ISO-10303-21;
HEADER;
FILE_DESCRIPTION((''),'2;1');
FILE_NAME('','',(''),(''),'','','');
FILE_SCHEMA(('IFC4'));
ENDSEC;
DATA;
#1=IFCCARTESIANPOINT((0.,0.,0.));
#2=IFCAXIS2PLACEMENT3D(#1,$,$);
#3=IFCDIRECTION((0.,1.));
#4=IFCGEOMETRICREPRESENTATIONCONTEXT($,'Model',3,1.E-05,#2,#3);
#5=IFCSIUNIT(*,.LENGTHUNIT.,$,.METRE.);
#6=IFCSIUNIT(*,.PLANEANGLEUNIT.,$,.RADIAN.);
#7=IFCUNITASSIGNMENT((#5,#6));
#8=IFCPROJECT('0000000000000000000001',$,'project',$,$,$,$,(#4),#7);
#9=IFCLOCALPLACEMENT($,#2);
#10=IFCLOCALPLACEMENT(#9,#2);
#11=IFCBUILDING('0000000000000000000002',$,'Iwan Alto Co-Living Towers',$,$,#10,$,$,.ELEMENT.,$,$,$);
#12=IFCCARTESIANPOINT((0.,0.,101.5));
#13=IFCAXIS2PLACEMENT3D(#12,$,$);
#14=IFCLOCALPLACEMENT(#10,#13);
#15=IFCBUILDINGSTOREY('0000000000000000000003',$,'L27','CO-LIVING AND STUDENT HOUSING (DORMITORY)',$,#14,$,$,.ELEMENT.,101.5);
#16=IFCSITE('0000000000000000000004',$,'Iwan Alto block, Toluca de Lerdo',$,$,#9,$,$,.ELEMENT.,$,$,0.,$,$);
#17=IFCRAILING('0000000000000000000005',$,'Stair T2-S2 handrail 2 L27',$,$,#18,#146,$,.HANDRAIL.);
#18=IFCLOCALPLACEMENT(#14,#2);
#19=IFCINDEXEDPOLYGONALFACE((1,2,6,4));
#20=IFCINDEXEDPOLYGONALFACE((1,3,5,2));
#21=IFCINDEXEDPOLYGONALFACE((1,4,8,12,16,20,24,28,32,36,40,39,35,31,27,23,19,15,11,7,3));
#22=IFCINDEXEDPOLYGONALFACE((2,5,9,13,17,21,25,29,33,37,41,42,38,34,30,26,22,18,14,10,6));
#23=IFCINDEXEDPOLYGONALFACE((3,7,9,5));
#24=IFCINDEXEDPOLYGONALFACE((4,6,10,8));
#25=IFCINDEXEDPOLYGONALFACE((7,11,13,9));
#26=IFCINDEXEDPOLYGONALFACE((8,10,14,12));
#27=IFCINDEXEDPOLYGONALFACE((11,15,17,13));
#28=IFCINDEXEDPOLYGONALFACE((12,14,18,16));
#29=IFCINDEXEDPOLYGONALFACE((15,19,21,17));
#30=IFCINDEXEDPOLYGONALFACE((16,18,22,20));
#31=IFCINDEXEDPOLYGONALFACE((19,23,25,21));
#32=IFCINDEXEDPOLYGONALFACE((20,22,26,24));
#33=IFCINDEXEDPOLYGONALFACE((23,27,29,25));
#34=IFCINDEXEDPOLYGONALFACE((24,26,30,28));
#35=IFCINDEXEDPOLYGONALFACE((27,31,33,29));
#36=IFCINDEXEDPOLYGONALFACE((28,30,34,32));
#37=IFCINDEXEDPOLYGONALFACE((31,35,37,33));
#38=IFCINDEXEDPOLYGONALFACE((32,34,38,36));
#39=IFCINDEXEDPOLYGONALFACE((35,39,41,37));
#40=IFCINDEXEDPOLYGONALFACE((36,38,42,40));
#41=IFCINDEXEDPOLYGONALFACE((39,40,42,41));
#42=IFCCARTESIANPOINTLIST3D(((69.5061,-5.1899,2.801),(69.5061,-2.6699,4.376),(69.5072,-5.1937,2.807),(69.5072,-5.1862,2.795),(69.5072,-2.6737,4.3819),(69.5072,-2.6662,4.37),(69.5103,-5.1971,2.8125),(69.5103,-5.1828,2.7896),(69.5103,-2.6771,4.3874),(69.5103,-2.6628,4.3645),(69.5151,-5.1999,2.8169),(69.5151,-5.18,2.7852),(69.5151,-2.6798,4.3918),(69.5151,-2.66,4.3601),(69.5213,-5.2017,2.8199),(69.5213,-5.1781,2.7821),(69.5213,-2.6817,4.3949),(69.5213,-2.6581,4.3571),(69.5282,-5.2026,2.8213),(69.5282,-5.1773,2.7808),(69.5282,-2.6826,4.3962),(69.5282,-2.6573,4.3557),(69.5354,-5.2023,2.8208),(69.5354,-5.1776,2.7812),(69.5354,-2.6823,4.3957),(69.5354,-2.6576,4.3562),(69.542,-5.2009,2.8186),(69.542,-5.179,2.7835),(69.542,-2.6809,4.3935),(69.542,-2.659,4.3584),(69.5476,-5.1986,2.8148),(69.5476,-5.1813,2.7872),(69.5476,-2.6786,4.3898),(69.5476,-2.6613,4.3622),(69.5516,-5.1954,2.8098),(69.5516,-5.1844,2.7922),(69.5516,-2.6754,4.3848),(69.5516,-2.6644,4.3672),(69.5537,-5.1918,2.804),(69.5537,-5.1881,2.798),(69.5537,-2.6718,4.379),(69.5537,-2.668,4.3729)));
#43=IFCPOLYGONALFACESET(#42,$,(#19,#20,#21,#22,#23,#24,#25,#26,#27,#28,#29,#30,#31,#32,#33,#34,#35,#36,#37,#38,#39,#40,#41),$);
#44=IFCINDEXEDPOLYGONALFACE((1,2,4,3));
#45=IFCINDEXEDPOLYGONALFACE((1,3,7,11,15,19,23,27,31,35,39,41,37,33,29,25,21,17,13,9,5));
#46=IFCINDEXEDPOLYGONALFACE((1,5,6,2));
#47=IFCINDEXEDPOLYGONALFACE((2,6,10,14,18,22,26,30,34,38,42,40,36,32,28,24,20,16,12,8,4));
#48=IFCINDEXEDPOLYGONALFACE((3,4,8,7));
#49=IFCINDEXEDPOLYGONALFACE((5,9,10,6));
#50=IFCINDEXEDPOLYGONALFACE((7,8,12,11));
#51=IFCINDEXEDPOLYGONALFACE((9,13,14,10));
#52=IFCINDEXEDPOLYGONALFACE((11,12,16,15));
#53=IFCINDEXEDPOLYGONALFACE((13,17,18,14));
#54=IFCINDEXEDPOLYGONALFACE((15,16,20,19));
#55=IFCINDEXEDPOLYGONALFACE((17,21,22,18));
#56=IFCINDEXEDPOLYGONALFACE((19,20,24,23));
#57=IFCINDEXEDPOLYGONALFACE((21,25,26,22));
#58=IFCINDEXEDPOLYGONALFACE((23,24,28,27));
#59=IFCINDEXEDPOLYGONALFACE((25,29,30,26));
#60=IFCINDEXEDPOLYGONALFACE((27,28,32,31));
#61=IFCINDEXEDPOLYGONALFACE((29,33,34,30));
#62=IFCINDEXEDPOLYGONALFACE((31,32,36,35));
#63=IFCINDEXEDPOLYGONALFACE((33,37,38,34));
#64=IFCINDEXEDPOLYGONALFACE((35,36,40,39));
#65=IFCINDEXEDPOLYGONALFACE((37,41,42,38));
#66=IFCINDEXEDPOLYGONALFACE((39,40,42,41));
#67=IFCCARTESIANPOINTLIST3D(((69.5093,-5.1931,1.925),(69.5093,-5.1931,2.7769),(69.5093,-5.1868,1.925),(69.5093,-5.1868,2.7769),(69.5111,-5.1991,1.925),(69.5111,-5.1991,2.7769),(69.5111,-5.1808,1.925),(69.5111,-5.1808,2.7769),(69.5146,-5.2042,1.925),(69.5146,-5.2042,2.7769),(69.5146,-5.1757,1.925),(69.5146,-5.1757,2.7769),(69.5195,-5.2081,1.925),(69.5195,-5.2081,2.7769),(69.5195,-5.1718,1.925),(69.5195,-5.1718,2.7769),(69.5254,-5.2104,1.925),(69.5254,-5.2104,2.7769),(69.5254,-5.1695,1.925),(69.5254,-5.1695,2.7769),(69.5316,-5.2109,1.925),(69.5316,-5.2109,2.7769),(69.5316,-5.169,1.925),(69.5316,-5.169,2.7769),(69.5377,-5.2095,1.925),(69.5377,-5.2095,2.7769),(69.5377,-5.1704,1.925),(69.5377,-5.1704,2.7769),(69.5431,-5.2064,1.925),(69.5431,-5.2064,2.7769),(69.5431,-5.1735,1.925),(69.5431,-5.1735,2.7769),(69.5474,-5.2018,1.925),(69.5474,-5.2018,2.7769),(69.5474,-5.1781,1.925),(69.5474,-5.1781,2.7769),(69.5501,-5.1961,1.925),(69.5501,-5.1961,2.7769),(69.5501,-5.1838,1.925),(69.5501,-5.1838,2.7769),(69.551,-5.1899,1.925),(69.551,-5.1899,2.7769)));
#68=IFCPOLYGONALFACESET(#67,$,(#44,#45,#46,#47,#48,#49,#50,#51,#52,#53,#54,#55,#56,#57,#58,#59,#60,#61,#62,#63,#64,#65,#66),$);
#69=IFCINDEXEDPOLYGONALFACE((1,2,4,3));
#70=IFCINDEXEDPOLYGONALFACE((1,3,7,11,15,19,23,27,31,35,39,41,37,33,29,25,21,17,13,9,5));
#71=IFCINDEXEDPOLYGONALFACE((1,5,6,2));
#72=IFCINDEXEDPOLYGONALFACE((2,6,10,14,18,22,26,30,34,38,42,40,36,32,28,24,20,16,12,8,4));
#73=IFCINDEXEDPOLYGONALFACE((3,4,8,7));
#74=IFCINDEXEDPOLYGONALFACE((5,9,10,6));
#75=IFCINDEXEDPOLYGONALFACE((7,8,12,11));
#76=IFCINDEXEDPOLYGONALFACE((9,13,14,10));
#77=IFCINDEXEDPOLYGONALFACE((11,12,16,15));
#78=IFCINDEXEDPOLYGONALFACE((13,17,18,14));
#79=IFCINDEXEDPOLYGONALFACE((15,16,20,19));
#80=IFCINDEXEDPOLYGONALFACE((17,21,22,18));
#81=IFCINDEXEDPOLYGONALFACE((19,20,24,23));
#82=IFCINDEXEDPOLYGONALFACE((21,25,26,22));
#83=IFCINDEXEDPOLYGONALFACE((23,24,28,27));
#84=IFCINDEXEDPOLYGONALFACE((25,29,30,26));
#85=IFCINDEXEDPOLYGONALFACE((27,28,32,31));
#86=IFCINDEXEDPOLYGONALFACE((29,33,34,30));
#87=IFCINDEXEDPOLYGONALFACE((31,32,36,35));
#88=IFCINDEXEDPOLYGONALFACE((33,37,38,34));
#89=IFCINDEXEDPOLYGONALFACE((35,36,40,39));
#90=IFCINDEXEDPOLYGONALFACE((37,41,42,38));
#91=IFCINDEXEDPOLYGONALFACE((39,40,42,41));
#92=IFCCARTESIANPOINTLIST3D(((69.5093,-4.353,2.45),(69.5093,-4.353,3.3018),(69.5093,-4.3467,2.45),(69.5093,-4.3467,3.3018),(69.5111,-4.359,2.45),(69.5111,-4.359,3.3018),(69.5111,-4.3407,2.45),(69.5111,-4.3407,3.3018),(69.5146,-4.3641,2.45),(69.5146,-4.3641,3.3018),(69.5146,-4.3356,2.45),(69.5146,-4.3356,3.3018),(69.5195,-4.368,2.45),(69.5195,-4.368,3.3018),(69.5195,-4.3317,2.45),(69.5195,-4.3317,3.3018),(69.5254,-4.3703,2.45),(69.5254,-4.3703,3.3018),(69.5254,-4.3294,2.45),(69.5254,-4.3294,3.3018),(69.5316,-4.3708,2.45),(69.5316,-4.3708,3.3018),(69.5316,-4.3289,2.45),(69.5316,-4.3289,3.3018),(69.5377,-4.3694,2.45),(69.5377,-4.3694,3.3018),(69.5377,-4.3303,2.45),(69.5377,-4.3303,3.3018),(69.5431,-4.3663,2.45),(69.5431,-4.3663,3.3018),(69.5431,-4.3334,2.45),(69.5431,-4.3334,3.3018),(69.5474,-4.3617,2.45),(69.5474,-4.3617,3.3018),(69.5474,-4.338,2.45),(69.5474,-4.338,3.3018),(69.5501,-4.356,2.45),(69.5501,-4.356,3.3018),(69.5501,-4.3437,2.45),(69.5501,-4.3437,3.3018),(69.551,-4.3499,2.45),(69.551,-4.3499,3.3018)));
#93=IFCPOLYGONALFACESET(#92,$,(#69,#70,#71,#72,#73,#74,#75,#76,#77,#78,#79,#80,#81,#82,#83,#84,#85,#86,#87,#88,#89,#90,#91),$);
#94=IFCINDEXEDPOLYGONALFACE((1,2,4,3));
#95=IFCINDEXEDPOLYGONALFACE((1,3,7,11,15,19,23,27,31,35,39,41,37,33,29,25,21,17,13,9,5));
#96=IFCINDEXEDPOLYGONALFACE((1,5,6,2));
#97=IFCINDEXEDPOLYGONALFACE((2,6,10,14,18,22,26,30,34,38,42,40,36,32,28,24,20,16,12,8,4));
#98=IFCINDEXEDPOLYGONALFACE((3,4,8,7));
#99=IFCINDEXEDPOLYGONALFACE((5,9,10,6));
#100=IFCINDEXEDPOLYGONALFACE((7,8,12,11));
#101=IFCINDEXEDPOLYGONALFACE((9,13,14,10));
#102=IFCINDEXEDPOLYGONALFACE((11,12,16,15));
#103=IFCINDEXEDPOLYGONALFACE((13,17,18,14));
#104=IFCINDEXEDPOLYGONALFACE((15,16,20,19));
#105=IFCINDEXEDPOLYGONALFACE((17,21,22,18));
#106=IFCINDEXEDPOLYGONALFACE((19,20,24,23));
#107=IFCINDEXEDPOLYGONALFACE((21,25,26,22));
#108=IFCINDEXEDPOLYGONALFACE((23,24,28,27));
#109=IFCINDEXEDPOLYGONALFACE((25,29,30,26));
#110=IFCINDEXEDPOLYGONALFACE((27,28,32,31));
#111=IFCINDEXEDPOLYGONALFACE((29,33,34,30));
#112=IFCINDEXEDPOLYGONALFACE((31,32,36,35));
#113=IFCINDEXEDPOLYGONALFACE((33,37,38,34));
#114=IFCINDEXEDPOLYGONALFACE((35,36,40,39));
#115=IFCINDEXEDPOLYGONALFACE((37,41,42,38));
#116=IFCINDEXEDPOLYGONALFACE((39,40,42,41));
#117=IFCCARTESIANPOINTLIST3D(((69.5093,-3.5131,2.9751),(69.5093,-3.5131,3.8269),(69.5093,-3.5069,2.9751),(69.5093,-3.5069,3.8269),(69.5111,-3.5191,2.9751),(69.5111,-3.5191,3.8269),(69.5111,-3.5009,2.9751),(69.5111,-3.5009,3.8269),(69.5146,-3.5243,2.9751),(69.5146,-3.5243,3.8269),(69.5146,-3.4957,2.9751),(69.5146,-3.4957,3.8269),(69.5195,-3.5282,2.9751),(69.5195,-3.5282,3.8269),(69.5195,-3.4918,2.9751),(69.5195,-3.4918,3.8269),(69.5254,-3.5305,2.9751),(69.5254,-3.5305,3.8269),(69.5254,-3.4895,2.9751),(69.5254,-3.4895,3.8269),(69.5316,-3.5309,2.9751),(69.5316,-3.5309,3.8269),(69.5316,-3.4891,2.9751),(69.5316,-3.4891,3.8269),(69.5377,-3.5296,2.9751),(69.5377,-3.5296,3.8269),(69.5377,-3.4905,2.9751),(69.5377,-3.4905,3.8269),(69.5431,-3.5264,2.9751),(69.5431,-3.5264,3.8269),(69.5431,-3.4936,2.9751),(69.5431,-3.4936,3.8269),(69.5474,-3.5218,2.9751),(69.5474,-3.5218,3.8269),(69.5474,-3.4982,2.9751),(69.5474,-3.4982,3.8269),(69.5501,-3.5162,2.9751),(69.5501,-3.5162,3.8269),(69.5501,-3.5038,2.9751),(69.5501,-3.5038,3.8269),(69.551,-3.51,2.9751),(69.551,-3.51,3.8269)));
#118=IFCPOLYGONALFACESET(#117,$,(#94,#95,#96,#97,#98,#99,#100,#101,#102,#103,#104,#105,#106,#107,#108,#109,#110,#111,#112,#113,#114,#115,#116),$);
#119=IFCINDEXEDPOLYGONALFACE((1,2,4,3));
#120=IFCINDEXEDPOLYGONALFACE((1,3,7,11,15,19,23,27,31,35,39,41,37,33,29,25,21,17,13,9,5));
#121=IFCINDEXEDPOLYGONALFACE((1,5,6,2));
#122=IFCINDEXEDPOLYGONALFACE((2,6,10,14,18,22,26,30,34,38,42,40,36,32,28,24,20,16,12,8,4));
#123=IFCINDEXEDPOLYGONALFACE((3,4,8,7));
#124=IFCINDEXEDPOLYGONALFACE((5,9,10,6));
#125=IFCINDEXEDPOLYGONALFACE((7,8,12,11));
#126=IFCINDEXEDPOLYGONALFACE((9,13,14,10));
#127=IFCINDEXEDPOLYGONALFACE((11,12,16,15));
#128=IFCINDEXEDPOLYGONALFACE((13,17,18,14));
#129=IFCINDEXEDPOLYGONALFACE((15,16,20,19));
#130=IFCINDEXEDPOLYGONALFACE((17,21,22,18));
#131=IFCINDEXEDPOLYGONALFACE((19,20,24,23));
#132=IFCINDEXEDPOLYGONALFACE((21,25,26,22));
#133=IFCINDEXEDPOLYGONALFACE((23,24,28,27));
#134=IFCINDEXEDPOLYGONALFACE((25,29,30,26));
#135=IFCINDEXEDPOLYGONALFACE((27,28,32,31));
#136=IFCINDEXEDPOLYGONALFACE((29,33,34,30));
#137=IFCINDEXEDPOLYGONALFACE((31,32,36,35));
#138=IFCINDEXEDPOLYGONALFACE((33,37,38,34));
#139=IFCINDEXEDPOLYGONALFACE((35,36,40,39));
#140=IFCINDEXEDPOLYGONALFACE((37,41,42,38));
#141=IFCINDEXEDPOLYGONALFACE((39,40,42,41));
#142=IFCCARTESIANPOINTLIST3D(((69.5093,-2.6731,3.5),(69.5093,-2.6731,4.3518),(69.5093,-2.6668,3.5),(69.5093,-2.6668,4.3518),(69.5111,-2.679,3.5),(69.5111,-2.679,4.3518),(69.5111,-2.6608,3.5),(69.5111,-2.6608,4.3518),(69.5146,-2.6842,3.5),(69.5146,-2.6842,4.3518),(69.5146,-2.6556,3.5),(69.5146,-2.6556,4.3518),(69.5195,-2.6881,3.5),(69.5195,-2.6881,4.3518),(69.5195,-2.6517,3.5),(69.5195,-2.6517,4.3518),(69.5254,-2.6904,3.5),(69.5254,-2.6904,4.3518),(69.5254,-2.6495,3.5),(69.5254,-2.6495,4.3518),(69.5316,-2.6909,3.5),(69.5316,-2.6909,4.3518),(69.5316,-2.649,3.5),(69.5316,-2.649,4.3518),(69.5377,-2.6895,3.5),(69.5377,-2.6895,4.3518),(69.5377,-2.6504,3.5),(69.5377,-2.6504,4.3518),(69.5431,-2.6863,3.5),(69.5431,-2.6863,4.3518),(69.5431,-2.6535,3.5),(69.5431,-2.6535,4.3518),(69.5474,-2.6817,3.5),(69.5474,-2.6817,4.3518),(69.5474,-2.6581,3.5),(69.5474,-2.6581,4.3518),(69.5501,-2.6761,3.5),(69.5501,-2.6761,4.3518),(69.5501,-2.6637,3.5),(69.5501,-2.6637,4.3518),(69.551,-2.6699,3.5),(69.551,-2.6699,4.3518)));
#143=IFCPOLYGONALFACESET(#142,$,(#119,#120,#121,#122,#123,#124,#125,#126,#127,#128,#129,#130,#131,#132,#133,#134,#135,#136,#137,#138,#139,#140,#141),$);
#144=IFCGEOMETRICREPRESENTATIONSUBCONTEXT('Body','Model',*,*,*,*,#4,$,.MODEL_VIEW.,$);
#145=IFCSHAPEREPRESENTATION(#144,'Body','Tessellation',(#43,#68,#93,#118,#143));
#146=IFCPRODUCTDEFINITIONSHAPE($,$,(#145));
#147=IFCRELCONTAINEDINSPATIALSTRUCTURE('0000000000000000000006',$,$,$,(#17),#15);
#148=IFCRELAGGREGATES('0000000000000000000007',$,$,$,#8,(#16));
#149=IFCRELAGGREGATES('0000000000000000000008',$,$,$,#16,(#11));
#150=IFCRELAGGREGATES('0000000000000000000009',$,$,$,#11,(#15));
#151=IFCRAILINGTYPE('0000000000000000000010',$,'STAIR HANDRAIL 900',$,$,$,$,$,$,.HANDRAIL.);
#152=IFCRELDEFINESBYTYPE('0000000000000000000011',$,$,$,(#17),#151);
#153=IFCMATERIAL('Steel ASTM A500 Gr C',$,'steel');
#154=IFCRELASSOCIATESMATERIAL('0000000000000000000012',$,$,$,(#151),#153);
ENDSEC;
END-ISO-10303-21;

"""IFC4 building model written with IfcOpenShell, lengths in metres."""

from ifc_helpers import new_model, si_unit, direction, frame, origin, origin_2d, place, context, subcontext, project, spatial, circle, extrude, material, type_object, element, save


model = new_model("IFC4")

# Units and contexts
model_context = context("Model", 3, precision=1e-05, world=origin(), true_north=direction((0.0, 1.0)))
body_context = subcontext(model_context, "Body", "Model", "MODEL_VIEW")
ifc_project = project(units=[si_unit("LENGTHUNIT", "METRE"), si_unit("PLANEANGLEUNIT", "RADIAN")], contexts=[model_context])

# Site, building, storey
site_placement = place(None, origin())
site = spatial("IfcSite", under=ifc_project, at=site_placement, Name="Iwan Alto block, Toluca de Lerdo", CompositionType="ELEMENT", RefElevation=0.0)
building_placement = place(site_placement, origin())
building = spatial("IfcBuilding", under=site, at=building_placement, Name="Iwan Alto Co-Living Towers", CompositionType="ELEMENT")
storey_placement = place(building_placement, frame((0.0, 0.0, 101.5)))
storey = spatial("IfcBuildingStorey", under=building, at=storey_placement, Name="L27", Description="CO-LIVING AND STUDENT HOUSING (DORMITORY)", CompositionType="ELEMENT", Elevation=101.5)

# Railing
ifc_material_1 = material(Name="Steel ASTM A500 Gr C", Category="steel")
railing_type_1 = type_object("IfcRailingType", Name="STAIR HANDRAIL 900", PredefinedType="HANDRAIL", material=ifc_material_1)
railing_1_placement = place(storey_placement, frame((69.53, -5.1899, 1.925)))
element("IfcRailing", 1, at=railing_1_placement, inside=storey, type_object=railing_type_1, Name="Stair T2-S2 handrail 2 L27", PredefinedType="HANDRAIL", context=body_context, shape_type="SweptSolid", body=[
    extrude(circle(Radius=0.0239, at=origin_2d()), frame((0.0, 0.0, 0.876), z_axis=(0.0, 0.848008, 0.529984), x_axis=(-1.0, 0.0, 0.0)), (0.0, 0.0, 1.0), 2.9717),
    extrude(circle(Radius=0.021, at=origin_2d()), origin(), (0.0, 0.0, 1.0), 0.8518),
    extrude(circle(Radius=0.021, at=origin_2d()), frame((0.0, 0.8401, 0.5249)), (0.0, 0.0, 1.0), 0.8518),
    extrude(circle(Radius=0.021, at=origin_2d()), frame((0.0, 1.6799, 1.05)), (0.0, 0.0, 1.0), 0.8518),
    extrude(circle(Radius=0.021, at=origin_2d()), frame((0.0, 2.52, 1.575)), (0.0, 0.0, 1.0), 0.8518),
])

save(model, "model.ifc")
